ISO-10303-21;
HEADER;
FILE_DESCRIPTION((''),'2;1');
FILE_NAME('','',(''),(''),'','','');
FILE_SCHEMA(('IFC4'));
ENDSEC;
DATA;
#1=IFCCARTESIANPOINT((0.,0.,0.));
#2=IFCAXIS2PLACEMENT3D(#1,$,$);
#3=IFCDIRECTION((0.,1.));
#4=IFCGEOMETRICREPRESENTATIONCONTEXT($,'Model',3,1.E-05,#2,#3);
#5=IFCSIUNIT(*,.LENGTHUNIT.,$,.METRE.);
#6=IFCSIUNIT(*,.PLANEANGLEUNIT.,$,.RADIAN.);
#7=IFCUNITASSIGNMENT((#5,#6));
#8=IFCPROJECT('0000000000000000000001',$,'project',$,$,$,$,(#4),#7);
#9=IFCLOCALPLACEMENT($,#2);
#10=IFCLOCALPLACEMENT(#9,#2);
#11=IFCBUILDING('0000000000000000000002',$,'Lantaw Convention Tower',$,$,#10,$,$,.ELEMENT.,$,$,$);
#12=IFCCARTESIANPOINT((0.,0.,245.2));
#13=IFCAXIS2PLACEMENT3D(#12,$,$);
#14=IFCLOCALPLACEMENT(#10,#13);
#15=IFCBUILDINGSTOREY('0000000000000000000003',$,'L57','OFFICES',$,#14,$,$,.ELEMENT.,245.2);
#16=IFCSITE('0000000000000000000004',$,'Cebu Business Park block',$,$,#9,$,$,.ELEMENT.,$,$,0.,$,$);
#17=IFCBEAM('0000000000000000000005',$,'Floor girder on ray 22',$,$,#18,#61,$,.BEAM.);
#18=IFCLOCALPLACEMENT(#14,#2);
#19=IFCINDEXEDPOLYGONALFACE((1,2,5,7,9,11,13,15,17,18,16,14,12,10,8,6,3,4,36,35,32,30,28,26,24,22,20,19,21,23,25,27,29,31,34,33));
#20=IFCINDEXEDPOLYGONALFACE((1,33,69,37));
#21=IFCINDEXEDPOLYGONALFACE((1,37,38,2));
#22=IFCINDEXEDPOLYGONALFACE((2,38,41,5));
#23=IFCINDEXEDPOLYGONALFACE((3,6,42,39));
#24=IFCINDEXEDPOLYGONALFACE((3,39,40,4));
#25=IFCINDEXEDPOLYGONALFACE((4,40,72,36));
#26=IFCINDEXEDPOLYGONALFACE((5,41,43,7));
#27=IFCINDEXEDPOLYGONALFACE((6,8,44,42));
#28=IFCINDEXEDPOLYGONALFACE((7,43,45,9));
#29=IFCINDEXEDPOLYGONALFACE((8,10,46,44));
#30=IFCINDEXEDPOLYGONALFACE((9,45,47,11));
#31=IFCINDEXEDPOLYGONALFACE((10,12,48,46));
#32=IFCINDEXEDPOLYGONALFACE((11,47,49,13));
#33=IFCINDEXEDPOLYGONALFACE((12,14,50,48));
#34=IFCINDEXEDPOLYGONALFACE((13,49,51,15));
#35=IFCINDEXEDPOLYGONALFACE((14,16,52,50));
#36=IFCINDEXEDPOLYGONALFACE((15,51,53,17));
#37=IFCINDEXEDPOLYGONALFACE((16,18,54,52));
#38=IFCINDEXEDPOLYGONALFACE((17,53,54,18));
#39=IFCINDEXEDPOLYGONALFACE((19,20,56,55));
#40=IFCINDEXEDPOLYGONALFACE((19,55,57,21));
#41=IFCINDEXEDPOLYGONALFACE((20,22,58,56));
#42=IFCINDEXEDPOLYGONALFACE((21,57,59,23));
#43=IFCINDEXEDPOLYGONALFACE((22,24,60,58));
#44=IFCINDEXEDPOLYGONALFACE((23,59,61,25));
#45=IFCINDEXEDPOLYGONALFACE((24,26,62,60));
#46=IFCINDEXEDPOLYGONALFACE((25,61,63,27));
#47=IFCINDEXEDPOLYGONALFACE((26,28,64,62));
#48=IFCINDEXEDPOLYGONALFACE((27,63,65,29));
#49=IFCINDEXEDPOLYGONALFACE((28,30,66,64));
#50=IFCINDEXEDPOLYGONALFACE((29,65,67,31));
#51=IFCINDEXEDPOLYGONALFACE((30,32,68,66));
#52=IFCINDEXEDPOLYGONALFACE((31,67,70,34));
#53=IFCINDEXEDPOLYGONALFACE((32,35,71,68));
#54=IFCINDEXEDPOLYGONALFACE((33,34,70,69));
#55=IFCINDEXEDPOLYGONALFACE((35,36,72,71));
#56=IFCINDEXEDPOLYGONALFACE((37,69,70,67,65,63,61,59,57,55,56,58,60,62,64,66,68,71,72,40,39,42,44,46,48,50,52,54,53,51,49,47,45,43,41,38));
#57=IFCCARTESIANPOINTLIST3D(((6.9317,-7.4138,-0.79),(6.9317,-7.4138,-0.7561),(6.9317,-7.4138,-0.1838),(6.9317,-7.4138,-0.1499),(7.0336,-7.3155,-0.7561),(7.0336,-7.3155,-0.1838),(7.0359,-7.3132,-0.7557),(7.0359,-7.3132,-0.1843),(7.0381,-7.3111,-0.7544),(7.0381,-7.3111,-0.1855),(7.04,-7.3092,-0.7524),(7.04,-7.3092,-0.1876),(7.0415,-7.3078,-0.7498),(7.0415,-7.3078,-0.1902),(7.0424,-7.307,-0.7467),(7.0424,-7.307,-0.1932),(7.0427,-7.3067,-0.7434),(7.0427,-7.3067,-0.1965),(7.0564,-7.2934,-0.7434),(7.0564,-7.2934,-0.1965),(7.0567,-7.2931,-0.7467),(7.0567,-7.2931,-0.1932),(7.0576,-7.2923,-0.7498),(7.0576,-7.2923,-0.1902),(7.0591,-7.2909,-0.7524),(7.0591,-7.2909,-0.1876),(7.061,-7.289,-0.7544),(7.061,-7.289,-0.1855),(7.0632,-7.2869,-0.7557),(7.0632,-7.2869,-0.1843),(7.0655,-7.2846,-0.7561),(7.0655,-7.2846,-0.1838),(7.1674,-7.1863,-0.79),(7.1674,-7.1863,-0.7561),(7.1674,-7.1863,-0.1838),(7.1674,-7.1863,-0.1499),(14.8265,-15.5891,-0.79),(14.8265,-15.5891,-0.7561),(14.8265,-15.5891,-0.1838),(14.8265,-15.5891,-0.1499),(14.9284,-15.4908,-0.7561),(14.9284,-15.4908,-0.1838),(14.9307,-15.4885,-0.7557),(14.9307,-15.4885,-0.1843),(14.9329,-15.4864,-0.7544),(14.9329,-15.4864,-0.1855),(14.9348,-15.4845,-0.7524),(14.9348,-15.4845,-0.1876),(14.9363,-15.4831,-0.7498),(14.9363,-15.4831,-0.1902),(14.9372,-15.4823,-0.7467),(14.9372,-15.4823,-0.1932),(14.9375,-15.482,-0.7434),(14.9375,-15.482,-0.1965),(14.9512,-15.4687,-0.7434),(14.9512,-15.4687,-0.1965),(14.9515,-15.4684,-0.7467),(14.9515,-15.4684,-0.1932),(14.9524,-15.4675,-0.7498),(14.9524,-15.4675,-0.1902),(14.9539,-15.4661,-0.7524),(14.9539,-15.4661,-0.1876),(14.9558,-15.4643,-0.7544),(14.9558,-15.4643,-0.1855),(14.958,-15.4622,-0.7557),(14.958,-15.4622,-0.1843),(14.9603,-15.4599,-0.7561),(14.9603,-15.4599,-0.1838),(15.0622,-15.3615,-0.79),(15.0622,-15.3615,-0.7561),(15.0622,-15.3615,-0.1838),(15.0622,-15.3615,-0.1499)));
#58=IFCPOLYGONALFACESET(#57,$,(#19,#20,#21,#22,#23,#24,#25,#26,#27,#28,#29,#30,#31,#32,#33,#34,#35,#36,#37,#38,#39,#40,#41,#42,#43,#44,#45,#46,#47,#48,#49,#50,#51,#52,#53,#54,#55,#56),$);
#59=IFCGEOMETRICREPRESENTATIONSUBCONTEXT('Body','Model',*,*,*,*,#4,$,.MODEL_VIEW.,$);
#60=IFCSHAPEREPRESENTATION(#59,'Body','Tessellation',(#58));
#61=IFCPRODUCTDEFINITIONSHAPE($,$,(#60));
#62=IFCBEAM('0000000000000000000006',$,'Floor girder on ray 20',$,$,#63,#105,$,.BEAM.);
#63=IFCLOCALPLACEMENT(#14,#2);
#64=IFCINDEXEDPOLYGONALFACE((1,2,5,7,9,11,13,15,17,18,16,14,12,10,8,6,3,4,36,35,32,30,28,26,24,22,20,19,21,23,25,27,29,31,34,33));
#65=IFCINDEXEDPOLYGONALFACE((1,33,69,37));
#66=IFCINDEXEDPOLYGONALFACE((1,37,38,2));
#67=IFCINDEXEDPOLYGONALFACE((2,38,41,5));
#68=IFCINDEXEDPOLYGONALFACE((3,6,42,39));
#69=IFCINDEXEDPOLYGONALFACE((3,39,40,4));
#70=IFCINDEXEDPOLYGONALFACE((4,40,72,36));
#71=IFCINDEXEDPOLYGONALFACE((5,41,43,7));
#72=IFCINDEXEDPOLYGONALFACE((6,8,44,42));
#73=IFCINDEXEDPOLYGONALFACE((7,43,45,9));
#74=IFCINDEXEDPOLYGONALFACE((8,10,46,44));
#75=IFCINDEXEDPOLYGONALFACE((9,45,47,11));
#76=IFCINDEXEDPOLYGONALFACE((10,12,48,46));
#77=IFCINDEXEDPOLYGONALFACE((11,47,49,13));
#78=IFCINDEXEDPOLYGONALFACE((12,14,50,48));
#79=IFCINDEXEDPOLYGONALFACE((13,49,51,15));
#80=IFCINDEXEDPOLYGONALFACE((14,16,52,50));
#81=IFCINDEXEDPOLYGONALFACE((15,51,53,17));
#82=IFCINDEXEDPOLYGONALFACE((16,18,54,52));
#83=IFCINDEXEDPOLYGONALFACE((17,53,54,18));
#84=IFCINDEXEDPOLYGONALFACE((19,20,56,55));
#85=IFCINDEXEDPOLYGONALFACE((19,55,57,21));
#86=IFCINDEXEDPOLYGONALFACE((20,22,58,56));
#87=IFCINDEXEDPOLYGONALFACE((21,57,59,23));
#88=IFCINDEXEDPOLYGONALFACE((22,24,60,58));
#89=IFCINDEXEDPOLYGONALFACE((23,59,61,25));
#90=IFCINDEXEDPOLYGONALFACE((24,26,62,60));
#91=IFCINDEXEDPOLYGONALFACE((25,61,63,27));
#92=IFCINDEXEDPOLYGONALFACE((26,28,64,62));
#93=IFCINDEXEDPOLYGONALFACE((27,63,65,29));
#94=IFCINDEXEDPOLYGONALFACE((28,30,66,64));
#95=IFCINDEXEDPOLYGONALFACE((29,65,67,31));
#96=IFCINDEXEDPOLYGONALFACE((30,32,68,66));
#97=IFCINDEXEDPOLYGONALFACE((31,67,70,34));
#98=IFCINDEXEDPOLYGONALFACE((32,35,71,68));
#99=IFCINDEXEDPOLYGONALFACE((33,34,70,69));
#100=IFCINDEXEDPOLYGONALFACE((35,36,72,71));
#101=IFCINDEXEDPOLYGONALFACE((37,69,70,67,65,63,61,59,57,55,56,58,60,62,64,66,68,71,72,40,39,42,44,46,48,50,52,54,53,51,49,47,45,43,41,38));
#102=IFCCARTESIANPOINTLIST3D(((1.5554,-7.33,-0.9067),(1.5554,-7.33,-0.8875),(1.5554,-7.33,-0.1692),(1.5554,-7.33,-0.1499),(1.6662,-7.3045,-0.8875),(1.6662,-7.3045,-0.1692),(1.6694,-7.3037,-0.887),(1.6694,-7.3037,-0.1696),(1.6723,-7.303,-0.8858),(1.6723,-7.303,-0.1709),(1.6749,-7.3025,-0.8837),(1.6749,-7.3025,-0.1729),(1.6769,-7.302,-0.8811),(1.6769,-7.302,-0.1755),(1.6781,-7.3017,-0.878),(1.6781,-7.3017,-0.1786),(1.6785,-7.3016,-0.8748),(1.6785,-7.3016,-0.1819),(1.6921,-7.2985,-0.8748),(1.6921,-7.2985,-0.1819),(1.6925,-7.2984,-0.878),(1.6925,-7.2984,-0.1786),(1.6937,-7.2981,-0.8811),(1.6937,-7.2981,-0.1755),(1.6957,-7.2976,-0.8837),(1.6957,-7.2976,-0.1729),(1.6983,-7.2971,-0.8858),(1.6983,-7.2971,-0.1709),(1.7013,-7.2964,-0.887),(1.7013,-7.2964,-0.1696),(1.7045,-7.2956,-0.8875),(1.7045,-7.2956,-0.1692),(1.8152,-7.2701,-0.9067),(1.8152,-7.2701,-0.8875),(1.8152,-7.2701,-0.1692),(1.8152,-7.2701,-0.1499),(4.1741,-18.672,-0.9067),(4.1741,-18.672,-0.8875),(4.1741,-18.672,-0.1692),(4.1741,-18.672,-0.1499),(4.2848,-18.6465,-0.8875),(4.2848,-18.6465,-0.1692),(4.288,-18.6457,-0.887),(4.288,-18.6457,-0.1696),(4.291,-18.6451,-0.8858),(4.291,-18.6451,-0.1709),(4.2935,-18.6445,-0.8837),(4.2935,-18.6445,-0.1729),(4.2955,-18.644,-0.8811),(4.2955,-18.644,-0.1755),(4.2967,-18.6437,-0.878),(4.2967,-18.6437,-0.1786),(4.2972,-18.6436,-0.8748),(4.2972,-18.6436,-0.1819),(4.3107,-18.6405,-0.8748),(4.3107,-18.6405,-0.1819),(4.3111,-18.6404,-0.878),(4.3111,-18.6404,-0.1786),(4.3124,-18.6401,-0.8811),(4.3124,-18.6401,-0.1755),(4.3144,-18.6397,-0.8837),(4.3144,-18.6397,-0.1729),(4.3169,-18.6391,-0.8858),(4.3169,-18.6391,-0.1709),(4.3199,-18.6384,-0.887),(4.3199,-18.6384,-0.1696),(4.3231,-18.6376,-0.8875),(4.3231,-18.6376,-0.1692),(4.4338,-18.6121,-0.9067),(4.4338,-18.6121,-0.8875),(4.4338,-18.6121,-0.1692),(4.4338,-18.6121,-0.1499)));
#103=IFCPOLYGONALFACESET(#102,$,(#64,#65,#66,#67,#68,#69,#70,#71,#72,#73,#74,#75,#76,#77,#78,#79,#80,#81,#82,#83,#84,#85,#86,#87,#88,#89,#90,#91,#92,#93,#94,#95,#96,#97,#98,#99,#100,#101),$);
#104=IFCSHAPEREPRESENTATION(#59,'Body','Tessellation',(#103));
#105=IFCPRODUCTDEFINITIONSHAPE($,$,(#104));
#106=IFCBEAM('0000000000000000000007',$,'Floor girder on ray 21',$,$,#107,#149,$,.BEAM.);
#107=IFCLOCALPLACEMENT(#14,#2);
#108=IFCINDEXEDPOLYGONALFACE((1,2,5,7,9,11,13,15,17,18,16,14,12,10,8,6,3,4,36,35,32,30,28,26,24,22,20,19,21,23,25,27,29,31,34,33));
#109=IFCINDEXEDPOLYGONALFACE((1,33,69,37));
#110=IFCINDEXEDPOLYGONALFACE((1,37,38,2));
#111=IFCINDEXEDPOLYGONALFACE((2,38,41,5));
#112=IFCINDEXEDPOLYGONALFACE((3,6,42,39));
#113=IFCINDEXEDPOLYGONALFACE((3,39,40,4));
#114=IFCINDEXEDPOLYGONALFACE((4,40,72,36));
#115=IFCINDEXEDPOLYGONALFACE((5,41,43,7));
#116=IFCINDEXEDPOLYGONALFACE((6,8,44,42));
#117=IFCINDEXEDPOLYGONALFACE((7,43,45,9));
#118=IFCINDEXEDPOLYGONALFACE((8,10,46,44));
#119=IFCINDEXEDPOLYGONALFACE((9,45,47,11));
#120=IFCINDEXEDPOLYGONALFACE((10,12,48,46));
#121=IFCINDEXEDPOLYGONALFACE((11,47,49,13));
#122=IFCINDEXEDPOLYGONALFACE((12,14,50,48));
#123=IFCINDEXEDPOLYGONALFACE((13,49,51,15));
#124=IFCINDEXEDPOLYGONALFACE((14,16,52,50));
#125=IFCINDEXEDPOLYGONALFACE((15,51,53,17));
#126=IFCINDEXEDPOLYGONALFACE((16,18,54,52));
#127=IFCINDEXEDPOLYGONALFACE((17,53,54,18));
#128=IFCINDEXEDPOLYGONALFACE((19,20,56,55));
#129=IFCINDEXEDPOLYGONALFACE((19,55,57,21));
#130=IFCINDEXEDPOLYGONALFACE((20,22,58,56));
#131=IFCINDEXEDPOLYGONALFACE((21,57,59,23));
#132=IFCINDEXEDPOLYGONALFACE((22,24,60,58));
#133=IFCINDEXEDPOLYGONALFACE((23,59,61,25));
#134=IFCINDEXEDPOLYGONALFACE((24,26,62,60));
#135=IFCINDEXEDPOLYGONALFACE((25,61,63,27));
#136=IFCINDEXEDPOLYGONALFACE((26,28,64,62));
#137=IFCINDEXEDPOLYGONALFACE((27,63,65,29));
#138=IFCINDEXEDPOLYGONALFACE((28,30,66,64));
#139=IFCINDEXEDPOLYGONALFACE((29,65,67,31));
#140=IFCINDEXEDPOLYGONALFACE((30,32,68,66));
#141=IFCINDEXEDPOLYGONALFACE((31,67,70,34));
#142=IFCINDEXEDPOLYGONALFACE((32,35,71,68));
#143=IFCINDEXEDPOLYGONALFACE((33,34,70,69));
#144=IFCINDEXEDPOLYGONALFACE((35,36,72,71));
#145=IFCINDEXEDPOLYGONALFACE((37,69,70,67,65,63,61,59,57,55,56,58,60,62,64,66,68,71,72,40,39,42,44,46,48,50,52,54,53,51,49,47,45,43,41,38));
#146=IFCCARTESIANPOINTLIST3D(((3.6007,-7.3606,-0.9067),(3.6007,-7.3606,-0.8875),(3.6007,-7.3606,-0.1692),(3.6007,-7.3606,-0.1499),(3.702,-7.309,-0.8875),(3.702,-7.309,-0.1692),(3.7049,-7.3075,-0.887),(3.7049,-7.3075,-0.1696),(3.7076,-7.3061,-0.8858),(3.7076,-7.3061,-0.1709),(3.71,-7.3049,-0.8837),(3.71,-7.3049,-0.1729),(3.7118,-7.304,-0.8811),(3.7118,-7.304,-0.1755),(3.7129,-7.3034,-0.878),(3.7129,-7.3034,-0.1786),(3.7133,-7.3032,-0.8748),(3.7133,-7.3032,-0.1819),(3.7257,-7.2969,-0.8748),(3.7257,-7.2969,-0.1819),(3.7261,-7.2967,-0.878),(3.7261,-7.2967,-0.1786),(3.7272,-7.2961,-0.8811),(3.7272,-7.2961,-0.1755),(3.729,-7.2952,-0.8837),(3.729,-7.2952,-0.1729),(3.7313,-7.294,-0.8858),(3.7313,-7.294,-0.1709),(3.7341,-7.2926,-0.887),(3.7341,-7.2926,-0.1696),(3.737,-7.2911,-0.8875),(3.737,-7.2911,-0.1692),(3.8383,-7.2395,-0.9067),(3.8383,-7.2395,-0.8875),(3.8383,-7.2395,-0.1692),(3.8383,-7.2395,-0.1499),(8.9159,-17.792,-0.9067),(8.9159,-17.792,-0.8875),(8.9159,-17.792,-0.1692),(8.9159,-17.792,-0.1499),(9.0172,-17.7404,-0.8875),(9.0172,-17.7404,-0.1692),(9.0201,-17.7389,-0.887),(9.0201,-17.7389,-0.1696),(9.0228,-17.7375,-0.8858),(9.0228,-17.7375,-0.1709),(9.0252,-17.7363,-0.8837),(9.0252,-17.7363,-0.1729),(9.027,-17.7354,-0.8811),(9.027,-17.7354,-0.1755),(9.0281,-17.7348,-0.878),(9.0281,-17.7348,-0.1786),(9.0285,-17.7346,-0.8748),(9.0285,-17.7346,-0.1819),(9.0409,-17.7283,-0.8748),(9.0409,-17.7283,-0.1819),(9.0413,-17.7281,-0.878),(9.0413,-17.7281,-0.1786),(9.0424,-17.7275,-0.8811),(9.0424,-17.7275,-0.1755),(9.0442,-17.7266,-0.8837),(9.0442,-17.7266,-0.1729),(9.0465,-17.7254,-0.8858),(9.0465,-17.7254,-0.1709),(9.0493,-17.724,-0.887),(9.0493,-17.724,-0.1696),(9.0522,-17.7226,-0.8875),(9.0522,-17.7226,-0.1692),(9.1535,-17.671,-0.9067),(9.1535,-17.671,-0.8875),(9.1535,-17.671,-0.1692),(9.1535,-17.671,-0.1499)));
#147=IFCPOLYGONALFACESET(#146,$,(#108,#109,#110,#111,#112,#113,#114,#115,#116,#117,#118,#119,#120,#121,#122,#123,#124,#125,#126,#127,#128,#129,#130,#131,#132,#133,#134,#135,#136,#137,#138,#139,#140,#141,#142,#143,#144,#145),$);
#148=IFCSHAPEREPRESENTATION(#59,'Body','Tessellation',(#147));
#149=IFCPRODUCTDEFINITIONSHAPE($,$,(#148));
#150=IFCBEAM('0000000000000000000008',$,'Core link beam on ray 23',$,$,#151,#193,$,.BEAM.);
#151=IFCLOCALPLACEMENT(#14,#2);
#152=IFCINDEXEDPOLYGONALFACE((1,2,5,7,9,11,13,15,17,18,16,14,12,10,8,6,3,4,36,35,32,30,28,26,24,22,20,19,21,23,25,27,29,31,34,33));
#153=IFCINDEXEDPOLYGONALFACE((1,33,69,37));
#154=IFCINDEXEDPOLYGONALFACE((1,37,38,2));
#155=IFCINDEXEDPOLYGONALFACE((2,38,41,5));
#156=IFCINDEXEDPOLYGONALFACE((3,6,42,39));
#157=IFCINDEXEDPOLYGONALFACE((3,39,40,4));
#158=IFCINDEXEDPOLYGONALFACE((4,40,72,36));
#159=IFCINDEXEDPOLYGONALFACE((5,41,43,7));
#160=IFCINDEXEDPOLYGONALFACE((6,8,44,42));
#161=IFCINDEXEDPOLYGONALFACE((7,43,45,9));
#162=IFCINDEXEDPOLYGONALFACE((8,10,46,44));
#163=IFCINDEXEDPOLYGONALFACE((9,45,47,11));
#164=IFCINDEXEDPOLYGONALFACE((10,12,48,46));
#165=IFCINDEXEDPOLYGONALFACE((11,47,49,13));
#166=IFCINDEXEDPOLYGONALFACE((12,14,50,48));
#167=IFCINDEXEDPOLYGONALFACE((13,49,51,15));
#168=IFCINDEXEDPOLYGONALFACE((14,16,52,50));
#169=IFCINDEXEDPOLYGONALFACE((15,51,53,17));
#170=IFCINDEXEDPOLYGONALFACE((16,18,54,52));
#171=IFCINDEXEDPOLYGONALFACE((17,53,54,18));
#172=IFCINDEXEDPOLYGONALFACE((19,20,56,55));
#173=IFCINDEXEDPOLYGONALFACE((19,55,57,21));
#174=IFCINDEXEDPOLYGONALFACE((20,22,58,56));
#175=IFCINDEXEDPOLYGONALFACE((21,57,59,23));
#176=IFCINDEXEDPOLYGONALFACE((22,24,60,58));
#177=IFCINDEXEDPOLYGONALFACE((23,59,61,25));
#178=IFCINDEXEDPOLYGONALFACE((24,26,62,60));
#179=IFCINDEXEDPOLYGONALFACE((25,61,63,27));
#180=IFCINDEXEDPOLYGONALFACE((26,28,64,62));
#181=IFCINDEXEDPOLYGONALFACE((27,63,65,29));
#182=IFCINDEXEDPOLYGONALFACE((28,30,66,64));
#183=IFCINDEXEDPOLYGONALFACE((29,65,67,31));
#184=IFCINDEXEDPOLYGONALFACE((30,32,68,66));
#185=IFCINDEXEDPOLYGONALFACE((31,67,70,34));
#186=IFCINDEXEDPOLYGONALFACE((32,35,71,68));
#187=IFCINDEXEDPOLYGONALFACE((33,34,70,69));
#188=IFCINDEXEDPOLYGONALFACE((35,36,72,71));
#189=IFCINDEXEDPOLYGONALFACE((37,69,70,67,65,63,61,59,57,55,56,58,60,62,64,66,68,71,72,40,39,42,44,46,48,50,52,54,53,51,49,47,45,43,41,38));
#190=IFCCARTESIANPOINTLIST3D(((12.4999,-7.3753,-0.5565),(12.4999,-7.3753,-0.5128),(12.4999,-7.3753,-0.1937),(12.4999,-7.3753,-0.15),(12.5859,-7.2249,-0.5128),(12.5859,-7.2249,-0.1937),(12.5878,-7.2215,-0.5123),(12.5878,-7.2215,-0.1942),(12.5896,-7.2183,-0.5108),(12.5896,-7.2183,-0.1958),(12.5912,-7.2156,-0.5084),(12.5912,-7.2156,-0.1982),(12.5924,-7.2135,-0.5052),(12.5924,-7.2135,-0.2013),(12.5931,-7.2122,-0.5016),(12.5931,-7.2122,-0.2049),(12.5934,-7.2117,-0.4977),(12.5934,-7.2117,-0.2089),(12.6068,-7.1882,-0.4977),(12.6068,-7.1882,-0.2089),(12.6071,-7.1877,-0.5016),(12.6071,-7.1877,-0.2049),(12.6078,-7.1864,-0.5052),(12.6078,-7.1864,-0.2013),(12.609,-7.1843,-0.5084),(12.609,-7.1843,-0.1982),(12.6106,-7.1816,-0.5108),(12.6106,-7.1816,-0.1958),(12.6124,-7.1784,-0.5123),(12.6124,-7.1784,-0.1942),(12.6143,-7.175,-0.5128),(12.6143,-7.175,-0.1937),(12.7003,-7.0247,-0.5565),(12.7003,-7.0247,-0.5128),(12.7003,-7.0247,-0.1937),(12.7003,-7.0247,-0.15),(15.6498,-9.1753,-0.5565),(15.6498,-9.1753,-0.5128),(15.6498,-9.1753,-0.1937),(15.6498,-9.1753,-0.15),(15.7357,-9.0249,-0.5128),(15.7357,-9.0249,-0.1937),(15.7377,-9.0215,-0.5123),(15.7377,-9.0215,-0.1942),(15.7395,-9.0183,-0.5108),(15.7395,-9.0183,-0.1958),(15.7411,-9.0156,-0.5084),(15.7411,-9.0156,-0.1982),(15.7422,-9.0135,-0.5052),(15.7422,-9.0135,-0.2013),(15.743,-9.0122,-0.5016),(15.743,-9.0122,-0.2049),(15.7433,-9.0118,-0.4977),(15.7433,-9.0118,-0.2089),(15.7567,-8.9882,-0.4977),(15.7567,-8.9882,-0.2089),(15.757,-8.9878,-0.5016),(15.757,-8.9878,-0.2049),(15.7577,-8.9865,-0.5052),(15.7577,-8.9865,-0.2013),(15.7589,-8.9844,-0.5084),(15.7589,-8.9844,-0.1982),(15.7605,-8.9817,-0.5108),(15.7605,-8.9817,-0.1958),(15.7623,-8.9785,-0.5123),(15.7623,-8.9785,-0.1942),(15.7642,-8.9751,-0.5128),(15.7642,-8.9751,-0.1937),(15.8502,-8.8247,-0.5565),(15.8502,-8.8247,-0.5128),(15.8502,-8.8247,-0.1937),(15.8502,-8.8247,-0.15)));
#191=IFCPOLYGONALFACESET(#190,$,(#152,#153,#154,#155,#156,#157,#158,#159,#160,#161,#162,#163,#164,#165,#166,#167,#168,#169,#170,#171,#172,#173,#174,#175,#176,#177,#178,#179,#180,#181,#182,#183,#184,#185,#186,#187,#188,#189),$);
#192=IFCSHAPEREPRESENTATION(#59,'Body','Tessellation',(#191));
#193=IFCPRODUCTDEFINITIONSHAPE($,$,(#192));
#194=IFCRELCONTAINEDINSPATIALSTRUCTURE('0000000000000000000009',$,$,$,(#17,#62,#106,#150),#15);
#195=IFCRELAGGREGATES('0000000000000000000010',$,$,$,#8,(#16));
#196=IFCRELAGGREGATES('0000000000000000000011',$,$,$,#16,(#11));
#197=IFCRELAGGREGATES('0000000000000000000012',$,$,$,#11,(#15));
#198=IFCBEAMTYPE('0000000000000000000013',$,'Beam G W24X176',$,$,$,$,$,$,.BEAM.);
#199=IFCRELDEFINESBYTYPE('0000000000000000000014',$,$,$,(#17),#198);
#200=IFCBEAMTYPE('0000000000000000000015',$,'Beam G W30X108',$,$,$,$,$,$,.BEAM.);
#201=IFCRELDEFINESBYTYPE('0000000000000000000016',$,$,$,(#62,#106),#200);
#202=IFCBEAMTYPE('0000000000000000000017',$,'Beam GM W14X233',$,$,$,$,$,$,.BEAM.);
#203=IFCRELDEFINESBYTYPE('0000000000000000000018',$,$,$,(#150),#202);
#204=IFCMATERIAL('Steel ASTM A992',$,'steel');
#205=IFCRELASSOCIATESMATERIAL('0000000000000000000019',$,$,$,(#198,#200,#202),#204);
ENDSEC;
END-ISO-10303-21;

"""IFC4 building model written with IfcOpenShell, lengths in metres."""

from ifc_helpers import new_model, si_unit, direction, frame, origin, origin_2d, place, context, subcontext, project, spatial, i_section, extrude, material, material_profile, profile_set, type_object, element, save


model = new_model("IFC4")

# Units and contexts
model_context = context("Model", 3, precision=1e-05, world=origin(), true_north=direction((0.0, 1.0)))
body_context = subcontext(model_context, "Body", "Model", "MODEL_VIEW")
ifc_project = project(units=[si_unit("LENGTHUNIT", "METRE"), si_unit("PLANEANGLEUNIT", "RADIAN")], contexts=[model_context])

# Site, building, storey
site_placement = place(None, origin())
site = spatial("IfcSite", under=ifc_project, at=site_placement, Name="Cebu Business Park block", CompositionType="ELEMENT", RefElevation=0.0)
building_placement = place(site_placement, origin())
building = spatial("IfcBuilding", under=site, at=building_placement, Name="Lantaw Convention Tower", CompositionType="ELEMENT")
storey_placement = place(building_placement, frame((0.0, 0.0, 245.2)))
storey = spatial("IfcBuildingStorey", under=building, at=storey_placement, Name="L57", Description="OFFICES", CompositionType="ELEMENT", Elevation=245.2)

# Beams
ifc_material_1 = material(Name="Steel ASTM A992", Category="steel")
ifc_material_profile_1 = material_profile(ifc_material_1, i_section(OverallWidth=0.3276, OverallDepth=0.6401, WebThickness=0.019, FlangeThickness=0.0339, FilletRadius=0.0127, at=origin_2d()), Name="W24X176")
ifc_profile_set_1 = profile_set([ifc_material_profile_1], Name="Steel ASTM A992")
beam_type_1 = type_object("IfcBeamType", Name="Beam G W24X176", PredefinedType="BEAM", material=ifc_profile_set_1)
beam_1_placement = place(storey_placement, frame((7.0496, -7.3, -0.47), z_axis=(0.694658, -0.71934, 0.0), x_axis=(0.71934, 0.694658, 0.0)))
element("IfcBeam", 1, at=beam_1_placement, inside=storey, type_object=beam_type_1, Name="Floor girder on ray 22", PredefinedType="BEAM", context=body_context, shape_type="SweptSolid", body=[
    extrude(i_section(OverallWidth=0.3276, OverallDepth=0.6401, WebThickness=0.019, FlangeThickness=0.0339, FilletRadius=0.0127, at=origin_2d()), origin(), (0.0, 0.0, 1.0), 11.365),
])
ifc_material_profile_2 = material_profile(ifc_material_1, i_section(OverallWidth=0.2666, OverallDepth=0.7568, WebThickness=0.0139, FlangeThickness=0.0193, FilletRadius=0.0127, at=origin_2d()), Name="W30X108")
ifc_profile_set_2 = profile_set([ifc_material_profile_2], Name="Steel ASTM A992")
beam_type_2 = type_object("IfcBeamType", Name="Beam G W30X108", PredefinedType="BEAM", material=ifc_profile_set_2)
beam_2_placement = place(storey_placement, frame((1.6853, -7.3, -0.5283), z_axis=(0.224962, -0.974368, 0.0), x_axis=(0.974368, 0.224962, 0.0)))
element("IfcBeam", 2, at=beam_2_placement, inside=storey, type_object=beam_type_2, Name="Floor girder on ray 20", PredefinedType="BEAM", context=body_context, shape_type="SweptSolid", body=[
    extrude(i_section(OverallWidth=0.2666, OverallDepth=0.7568, WebThickness=0.0139, FlangeThickness=0.0193, FilletRadius=0.0127, at=origin_2d()), origin(), (0.0, 0.0, 1.0), 11.6404),
])
beam_3_placement = place(storey_placement, frame((3.7195, -7.3, -0.5283), z_axis=(0.453999, -0.891002, 0.0), x_axis=(0.891002, 0.453999, 0.0)))
element("IfcBeam", 3, at=beam_3_placement, inside=storey, type_object=beam_type_2, Name="Floor girder on ray 21", PredefinedType="BEAM", context=body_context, shape_type="SweptSolid", body=[
    extrude(i_section(OverallWidth=0.2666, OverallDepth=0.7568, WebThickness=0.0139, FlangeThickness=0.0193, FilletRadius=0.0127, at=origin_2d()), origin(), (0.0, 0.0, 1.0), 11.7075),
])
ifc_material_profile_3 = material_profile(ifc_material_1, i_section(OverallWidth=0.4038, OverallDepth=0.4065, WebThickness=0.0271, FlangeThickness=0.0437, FilletRadius=0.0151, at=origin_2d()), Name="W14X233")
ifc_profile_set_3 = profile_set([ifc_material_profile_3], Name="Steel ASTM A992")
beam_type_3 = type_object("IfcBeamType", Name="Beam GM W14X233", PredefinedType="BEAM", material=ifc_profile_set_3)
beam_4_placement = place(storey_placement, frame((12.6001, -7.2, -0.3533), z_axis=(0.868231, -0.496161, 0.0), x_axis=(0.496161, 0.868231, 0.0)))
element("IfcBeam", 4, at=beam_4_placement, inside=storey, type_object=beam_type_3, Name="Core link beam on ray 23", PredefinedType="BEAM", context=body_context, shape_type="SweptSolid", body=[
    extrude(i_section(OverallWidth=0.4038, OverallDepth=0.4065, WebThickness=0.0271, FlangeThickness=0.0437, FilletRadius=0.0151, at=origin_2d()), origin(), (0.0, 0.0, 1.0), 3.6279),
])

save(model, "model.ifc")
